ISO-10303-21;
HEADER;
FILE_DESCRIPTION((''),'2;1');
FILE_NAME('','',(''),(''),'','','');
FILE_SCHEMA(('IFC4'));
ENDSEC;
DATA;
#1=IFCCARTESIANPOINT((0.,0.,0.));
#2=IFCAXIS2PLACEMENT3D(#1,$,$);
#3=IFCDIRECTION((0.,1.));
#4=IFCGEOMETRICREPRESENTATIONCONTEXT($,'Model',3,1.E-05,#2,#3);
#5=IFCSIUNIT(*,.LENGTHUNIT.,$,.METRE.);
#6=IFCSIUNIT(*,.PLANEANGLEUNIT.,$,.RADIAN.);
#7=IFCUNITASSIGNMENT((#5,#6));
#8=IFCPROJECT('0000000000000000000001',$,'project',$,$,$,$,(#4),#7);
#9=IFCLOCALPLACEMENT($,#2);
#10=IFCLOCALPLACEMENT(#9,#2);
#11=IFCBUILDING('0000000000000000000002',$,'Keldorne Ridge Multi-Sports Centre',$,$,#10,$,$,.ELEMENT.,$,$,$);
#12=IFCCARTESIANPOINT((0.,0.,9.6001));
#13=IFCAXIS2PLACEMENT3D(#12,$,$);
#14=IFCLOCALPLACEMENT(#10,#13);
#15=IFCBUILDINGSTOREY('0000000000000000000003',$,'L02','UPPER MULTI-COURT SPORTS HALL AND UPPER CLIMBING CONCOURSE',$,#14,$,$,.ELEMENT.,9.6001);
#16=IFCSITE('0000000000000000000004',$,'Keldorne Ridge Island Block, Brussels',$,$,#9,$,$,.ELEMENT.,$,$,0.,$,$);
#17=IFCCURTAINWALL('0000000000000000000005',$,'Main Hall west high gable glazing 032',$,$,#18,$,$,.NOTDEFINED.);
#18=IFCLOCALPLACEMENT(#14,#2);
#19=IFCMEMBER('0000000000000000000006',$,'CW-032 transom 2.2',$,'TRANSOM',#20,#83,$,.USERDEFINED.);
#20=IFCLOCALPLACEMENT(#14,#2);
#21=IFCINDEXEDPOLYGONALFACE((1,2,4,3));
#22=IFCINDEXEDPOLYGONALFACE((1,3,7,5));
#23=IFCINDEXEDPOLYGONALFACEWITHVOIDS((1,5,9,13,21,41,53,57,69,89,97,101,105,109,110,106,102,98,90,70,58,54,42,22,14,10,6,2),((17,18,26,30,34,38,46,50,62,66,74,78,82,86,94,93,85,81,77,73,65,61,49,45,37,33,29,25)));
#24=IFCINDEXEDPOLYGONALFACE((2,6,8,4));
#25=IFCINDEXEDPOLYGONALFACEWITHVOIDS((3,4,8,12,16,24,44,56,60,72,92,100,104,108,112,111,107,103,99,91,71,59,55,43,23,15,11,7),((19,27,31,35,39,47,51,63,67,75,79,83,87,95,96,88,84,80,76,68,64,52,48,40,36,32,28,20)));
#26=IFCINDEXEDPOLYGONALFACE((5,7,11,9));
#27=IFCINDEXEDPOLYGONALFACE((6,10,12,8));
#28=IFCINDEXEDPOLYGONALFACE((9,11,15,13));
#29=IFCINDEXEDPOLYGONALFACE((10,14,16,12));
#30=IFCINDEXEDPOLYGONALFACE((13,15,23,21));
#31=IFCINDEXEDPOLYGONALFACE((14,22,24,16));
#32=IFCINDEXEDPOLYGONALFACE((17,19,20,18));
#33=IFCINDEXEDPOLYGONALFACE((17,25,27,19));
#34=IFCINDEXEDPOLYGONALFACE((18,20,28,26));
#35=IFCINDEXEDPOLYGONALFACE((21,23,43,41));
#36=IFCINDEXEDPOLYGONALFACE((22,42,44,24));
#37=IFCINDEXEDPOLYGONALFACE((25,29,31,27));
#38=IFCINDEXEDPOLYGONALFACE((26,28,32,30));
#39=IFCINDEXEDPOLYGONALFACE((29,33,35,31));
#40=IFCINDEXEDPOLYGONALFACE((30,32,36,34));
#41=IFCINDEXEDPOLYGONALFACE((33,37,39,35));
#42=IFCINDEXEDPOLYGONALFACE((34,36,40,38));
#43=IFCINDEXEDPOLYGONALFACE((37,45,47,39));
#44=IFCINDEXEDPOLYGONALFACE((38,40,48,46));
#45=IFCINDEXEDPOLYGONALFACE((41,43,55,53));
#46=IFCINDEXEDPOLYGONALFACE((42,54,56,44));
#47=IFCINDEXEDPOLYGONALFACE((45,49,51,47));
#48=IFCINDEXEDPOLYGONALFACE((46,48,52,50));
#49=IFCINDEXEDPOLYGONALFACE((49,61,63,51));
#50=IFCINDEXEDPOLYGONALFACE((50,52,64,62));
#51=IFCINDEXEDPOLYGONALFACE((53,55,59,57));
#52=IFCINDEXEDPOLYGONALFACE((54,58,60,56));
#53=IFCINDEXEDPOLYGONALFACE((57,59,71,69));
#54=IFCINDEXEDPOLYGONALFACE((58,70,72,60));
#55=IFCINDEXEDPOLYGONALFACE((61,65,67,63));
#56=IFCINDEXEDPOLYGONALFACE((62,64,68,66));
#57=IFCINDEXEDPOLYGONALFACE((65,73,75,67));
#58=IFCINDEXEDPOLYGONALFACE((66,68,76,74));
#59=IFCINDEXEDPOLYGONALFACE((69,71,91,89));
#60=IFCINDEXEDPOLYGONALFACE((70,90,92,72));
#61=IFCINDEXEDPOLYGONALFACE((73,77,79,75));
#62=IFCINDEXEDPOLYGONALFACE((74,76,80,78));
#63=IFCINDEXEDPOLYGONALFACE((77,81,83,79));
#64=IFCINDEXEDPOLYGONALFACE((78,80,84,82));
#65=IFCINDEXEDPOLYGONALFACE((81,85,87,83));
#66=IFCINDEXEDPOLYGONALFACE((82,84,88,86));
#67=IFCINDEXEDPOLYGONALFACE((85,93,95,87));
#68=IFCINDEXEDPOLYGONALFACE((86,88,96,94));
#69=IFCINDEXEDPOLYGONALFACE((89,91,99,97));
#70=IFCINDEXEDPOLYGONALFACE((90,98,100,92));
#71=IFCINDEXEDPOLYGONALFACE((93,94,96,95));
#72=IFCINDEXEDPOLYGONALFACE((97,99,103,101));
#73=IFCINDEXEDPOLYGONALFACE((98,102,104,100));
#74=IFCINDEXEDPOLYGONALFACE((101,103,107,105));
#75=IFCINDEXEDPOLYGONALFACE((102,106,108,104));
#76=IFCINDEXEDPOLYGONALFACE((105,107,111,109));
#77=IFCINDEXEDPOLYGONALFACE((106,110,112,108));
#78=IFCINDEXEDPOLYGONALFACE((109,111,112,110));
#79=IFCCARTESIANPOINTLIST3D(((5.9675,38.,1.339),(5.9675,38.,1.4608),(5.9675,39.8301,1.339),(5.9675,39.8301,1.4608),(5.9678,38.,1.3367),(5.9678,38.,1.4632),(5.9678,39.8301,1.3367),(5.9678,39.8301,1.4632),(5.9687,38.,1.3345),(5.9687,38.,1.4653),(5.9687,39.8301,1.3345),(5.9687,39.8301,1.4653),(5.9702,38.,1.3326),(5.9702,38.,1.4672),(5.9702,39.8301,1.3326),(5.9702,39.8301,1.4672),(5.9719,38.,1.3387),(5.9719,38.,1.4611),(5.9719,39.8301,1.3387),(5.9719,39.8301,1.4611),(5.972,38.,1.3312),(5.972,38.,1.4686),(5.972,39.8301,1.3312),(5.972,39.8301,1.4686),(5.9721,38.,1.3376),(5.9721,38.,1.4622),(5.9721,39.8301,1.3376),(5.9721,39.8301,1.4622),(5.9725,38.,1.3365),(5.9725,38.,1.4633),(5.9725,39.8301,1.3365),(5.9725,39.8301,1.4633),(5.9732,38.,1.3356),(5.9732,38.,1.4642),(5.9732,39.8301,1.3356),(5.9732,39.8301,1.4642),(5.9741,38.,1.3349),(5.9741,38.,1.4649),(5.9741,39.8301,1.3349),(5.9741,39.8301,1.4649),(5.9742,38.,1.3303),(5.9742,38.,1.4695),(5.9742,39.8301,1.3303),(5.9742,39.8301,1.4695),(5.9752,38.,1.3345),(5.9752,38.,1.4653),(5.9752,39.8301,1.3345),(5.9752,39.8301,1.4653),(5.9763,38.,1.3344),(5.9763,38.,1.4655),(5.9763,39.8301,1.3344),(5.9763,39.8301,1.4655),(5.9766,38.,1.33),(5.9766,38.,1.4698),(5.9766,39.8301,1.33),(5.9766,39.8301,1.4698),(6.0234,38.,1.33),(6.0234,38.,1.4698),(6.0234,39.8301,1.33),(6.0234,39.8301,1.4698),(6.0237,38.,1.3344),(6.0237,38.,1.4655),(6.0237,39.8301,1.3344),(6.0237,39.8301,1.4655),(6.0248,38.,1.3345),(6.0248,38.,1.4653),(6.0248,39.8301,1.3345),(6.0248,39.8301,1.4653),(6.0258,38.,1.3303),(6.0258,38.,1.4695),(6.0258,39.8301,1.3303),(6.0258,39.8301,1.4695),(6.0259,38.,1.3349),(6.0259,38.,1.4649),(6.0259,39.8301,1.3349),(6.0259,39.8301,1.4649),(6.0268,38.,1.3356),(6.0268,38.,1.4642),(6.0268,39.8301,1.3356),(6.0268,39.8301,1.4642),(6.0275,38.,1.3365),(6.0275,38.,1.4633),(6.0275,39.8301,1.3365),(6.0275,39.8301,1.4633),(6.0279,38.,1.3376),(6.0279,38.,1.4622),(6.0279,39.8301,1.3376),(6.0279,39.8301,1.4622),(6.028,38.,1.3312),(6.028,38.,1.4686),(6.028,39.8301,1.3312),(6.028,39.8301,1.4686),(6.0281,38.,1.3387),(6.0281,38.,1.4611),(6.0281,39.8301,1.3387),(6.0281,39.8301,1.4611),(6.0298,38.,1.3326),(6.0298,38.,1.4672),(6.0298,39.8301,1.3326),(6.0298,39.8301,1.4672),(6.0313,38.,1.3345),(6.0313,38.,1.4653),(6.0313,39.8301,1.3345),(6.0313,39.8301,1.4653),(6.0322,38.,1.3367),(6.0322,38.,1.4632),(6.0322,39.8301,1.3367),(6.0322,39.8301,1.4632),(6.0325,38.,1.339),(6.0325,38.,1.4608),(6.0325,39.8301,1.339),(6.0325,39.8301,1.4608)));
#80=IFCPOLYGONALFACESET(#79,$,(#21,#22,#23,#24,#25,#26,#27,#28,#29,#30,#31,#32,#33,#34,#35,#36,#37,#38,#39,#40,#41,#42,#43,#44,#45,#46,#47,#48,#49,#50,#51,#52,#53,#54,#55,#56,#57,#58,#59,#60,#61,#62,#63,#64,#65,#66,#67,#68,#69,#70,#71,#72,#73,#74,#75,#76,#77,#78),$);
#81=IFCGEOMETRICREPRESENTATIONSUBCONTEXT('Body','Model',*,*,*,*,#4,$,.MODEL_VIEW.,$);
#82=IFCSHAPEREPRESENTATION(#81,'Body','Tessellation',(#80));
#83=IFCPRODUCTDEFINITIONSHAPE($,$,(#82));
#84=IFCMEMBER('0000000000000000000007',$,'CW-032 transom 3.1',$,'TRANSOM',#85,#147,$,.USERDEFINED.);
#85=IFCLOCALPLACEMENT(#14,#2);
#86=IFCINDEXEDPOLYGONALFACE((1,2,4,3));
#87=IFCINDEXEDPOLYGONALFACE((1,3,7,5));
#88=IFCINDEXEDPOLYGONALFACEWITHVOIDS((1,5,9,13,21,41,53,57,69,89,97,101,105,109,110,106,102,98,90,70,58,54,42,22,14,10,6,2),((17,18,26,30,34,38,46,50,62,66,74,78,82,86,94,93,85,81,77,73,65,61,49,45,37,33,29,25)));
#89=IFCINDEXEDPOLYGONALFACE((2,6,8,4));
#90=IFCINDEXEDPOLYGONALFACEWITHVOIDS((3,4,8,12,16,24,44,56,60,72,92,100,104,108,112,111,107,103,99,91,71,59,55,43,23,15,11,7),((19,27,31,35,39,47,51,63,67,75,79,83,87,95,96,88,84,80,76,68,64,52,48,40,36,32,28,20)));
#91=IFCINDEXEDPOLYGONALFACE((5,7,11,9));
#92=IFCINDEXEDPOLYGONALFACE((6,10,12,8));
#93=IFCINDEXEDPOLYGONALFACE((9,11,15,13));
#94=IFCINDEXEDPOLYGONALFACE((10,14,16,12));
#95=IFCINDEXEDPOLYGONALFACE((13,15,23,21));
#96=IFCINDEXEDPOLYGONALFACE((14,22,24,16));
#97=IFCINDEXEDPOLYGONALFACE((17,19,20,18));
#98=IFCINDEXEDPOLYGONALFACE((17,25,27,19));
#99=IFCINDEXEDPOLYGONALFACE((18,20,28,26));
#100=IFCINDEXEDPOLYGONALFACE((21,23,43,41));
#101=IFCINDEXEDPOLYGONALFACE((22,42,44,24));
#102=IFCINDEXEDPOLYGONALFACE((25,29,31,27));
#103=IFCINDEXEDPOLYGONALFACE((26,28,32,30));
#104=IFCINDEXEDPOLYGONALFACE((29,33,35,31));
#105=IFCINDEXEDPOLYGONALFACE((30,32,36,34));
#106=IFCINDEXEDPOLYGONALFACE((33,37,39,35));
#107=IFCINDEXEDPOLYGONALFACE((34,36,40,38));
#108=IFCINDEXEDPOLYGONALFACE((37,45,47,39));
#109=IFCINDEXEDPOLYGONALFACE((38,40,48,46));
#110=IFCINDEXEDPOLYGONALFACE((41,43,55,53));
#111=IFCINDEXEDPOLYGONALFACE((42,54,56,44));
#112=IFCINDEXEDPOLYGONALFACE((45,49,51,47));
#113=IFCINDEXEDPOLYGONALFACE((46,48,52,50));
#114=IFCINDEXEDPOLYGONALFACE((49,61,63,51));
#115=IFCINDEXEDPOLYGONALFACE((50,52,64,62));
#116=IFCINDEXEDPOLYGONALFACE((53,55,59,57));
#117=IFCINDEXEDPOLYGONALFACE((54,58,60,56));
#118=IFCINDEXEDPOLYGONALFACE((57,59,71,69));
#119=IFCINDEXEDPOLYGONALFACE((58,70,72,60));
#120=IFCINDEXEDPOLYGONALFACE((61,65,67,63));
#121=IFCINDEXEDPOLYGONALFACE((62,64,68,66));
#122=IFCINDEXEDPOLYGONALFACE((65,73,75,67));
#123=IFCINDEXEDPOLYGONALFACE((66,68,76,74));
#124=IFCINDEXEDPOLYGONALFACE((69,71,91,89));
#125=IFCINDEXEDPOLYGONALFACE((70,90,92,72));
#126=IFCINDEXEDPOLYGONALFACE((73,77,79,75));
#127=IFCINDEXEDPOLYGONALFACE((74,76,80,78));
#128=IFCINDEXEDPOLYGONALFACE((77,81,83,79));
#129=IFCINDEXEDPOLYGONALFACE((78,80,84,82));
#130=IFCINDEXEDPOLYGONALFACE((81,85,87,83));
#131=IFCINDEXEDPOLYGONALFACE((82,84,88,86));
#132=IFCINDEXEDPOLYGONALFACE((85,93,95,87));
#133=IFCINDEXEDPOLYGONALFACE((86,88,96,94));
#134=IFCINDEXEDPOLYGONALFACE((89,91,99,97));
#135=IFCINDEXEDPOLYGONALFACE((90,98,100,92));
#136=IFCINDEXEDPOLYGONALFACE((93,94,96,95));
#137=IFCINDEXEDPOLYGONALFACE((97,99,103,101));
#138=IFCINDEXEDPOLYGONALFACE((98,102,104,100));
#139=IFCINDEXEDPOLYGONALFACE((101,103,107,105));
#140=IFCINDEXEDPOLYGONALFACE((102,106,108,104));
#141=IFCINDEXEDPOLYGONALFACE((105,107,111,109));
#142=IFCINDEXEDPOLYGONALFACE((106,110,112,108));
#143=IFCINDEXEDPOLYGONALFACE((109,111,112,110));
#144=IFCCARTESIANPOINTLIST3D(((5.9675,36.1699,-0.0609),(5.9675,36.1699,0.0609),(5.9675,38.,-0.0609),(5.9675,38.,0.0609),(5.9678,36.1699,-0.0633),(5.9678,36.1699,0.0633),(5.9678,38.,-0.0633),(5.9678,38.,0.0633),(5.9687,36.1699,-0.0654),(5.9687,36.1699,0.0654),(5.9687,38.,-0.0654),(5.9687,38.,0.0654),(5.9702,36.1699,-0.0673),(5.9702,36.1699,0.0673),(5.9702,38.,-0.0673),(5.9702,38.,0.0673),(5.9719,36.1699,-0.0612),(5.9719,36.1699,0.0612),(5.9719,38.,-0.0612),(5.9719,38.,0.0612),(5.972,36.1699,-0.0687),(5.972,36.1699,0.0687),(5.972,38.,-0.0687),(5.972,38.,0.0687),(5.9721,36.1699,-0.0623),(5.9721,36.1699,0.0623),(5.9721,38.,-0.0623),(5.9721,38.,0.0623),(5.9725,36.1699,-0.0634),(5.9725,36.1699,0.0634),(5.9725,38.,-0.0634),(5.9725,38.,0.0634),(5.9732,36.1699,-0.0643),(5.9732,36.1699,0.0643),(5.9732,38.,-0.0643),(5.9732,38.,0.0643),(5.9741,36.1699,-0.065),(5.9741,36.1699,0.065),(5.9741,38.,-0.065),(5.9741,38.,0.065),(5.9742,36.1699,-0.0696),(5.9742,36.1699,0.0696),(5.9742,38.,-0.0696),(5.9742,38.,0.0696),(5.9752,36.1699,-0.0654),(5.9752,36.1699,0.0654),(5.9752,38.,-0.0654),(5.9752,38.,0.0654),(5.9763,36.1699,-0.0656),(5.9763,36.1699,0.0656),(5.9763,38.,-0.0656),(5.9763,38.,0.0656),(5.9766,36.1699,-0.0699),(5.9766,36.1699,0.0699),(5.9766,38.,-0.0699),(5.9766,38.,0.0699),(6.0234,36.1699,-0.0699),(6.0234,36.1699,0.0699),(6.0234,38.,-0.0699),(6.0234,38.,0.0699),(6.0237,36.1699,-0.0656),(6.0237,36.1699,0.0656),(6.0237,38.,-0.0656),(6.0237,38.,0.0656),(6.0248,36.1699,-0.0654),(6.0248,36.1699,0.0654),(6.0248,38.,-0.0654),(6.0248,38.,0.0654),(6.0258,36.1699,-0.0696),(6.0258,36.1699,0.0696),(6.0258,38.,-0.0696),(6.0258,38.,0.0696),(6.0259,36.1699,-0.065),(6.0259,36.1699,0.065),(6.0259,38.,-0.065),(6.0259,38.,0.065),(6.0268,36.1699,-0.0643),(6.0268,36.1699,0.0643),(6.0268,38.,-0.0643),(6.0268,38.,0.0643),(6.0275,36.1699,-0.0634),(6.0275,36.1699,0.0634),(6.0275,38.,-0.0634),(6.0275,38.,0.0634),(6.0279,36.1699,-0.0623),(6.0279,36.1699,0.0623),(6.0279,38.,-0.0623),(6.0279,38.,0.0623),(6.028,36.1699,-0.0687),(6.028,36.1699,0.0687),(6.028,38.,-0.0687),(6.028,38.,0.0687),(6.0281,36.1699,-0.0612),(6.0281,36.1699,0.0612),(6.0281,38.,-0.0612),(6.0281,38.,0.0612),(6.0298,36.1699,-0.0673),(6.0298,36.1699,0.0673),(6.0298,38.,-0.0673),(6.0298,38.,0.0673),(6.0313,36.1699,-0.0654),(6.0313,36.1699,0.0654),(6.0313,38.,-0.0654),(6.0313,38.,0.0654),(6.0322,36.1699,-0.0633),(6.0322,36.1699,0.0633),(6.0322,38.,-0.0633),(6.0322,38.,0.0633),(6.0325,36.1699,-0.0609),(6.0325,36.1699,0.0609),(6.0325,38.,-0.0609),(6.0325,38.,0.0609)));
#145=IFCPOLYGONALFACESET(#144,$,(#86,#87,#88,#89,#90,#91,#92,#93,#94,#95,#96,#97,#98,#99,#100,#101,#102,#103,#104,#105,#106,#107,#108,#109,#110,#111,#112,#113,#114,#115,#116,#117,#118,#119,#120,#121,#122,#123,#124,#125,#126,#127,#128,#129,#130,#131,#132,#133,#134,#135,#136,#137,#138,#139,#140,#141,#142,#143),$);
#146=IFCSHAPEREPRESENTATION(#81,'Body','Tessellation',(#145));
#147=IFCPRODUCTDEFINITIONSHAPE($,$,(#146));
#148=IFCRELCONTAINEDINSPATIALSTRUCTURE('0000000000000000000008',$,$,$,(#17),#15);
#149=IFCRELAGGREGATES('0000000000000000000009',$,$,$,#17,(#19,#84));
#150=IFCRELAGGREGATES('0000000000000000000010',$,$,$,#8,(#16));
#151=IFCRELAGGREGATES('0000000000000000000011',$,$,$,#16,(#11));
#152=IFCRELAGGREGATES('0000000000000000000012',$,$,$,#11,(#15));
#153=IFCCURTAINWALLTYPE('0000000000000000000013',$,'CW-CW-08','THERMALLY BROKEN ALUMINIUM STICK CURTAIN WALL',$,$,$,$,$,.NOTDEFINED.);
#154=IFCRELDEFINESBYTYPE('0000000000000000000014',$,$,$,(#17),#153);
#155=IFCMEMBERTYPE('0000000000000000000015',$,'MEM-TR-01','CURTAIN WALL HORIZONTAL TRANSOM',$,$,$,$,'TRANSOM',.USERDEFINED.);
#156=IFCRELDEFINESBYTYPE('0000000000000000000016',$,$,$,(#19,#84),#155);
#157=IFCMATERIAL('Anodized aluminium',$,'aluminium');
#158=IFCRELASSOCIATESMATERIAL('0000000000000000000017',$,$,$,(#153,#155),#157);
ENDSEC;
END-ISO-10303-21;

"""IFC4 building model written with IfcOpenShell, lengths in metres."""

from ifc_helpers import new_model, si_unit, direction, frame, origin, origin_2d, place, context, subcontext, project, spatial, hollow_rectangle, extrude, material, material_profile, profile_set, type_object, element, aggregate, save


model = new_model("IFC4")

# Units and contexts
model_context = context("Model", 3, precision=1e-05, world=origin(), true_north=direction((0.0, 1.0)))
body_context = subcontext(model_context, "Body", "Model", "MODEL_VIEW")
ifc_project = project(units=[si_unit("LENGTHUNIT", "METRE"), si_unit("PLANEANGLEUNIT", "RADIAN")], contexts=[model_context])

# Site, building, storey
site_placement = place(None, origin())
site = spatial("IfcSite", under=ifc_project, at=site_placement, Name="Keldorne Ridge Island Block, Brussels", CompositionType="ELEMENT", RefElevation=0.0)
building_placement = place(site_placement, origin())
building = spatial("IfcBuilding", under=site, at=building_placement, Name="Keldorne Ridge Multi-Sports Centre", CompositionType="ELEMENT")
storey_placement = place(building_placement, frame((0.0, 0.0, 9.6001)))
storey = spatial("IfcBuildingStorey", under=building, at=storey_placement, Name="L02", Description="UPPER MULTI-COURT SPORTS HALL AND UPPER CLIMBING CONCOURSE", CompositionType="ELEMENT", Elevation=9.6001)

# Curtain wall
ifc_material_1 = material(Name="Anodized aluminium", Category="aluminium")
curtain_wall_type_1 = type_object("IfcCurtainWallType", Name="CW-CW-08", Description="THERMALLY BROKEN ALUMINIUM STICK CURTAIN WALL", PredefinedType="NOTDEFINED", material=ifc_material_1)
curtain_wall_1_placement = place(storey_placement, origin())
curtain_wall_1 = element("IfcCurtainWall", 1, at=curtain_wall_1_placement, inside=storey, type_object=curtain_wall_type_1, Name="Main Hall west high gable glazing 032", PredefinedType="NOTDEFINED")

# Members
ifc_material_profile_1 = material_profile(ifc_material_1, hollow_rectangle(XDim=0.0649, YDim=0.1399, WallThickness=0.0044, InnerFilletRadius=0.0044, OuterFilletRadius=0.009, at=origin_2d()), Name="ALU TRANSOM 140x65x4.5")
ifc_profile_set_1 = profile_set([ifc_material_profile_1], Name="Anodized aluminium")
member_type_1 = type_object("IfcMemberType", Name="MEM-TR-01", Description="CURTAIN WALL HORIZONTAL TRANSOM", ElementType="TRANSOM", PredefinedType="USERDEFINED", material=ifc_profile_set_1)
member_1_placement = place(storey_placement, frame((6.0, 39.8301, 1.3999), z_axis=(0.0, -1.0, 0.0), x_axis=(1.0, 0.0, 0.0)))
member_1 = element("IfcMember", 2, at=member_1_placement, type_object=member_type_1, Name="CW-032 transom 2.2", ObjectType="TRANSOM", PredefinedType="USERDEFINED", context=body_context, shape_type="SweptSolid", body=[
    extrude(hollow_rectangle(XDim=0.0649, YDim=0.1399, WallThickness=0.0044, InnerFilletRadius=0.0044, OuterFilletRadius=0.009, at=origin_2d()), origin(), (0.0, 0.0, 1.0), 1.8301),
])
member_2_placement = place(storey_placement, frame((6.0, 38.0, 0.0), z_axis=(0.0, -1.0, 0.0), x_axis=(1.0, 0.0, 0.0)))
member_2 = element("IfcMember", 3, at=member_2_placement, type_object=member_type_1, Name="CW-032 transom 3.1", ObjectType="TRANSOM", PredefinedType="USERDEFINED", context=body_context, shape_type="SweptSolid", body=[
    extrude(hollow_rectangle(XDim=0.0649, YDim=0.1399, WallThickness=0.0044, InnerFilletRadius=0.0044, OuterFilletRadius=0.009, at=origin_2d()), origin(), (0.0, 0.0, 1.0), 1.8301),
])

aggregate(curtain_wall_1, [member_1, member_2])

save(model, "model.ifc")
